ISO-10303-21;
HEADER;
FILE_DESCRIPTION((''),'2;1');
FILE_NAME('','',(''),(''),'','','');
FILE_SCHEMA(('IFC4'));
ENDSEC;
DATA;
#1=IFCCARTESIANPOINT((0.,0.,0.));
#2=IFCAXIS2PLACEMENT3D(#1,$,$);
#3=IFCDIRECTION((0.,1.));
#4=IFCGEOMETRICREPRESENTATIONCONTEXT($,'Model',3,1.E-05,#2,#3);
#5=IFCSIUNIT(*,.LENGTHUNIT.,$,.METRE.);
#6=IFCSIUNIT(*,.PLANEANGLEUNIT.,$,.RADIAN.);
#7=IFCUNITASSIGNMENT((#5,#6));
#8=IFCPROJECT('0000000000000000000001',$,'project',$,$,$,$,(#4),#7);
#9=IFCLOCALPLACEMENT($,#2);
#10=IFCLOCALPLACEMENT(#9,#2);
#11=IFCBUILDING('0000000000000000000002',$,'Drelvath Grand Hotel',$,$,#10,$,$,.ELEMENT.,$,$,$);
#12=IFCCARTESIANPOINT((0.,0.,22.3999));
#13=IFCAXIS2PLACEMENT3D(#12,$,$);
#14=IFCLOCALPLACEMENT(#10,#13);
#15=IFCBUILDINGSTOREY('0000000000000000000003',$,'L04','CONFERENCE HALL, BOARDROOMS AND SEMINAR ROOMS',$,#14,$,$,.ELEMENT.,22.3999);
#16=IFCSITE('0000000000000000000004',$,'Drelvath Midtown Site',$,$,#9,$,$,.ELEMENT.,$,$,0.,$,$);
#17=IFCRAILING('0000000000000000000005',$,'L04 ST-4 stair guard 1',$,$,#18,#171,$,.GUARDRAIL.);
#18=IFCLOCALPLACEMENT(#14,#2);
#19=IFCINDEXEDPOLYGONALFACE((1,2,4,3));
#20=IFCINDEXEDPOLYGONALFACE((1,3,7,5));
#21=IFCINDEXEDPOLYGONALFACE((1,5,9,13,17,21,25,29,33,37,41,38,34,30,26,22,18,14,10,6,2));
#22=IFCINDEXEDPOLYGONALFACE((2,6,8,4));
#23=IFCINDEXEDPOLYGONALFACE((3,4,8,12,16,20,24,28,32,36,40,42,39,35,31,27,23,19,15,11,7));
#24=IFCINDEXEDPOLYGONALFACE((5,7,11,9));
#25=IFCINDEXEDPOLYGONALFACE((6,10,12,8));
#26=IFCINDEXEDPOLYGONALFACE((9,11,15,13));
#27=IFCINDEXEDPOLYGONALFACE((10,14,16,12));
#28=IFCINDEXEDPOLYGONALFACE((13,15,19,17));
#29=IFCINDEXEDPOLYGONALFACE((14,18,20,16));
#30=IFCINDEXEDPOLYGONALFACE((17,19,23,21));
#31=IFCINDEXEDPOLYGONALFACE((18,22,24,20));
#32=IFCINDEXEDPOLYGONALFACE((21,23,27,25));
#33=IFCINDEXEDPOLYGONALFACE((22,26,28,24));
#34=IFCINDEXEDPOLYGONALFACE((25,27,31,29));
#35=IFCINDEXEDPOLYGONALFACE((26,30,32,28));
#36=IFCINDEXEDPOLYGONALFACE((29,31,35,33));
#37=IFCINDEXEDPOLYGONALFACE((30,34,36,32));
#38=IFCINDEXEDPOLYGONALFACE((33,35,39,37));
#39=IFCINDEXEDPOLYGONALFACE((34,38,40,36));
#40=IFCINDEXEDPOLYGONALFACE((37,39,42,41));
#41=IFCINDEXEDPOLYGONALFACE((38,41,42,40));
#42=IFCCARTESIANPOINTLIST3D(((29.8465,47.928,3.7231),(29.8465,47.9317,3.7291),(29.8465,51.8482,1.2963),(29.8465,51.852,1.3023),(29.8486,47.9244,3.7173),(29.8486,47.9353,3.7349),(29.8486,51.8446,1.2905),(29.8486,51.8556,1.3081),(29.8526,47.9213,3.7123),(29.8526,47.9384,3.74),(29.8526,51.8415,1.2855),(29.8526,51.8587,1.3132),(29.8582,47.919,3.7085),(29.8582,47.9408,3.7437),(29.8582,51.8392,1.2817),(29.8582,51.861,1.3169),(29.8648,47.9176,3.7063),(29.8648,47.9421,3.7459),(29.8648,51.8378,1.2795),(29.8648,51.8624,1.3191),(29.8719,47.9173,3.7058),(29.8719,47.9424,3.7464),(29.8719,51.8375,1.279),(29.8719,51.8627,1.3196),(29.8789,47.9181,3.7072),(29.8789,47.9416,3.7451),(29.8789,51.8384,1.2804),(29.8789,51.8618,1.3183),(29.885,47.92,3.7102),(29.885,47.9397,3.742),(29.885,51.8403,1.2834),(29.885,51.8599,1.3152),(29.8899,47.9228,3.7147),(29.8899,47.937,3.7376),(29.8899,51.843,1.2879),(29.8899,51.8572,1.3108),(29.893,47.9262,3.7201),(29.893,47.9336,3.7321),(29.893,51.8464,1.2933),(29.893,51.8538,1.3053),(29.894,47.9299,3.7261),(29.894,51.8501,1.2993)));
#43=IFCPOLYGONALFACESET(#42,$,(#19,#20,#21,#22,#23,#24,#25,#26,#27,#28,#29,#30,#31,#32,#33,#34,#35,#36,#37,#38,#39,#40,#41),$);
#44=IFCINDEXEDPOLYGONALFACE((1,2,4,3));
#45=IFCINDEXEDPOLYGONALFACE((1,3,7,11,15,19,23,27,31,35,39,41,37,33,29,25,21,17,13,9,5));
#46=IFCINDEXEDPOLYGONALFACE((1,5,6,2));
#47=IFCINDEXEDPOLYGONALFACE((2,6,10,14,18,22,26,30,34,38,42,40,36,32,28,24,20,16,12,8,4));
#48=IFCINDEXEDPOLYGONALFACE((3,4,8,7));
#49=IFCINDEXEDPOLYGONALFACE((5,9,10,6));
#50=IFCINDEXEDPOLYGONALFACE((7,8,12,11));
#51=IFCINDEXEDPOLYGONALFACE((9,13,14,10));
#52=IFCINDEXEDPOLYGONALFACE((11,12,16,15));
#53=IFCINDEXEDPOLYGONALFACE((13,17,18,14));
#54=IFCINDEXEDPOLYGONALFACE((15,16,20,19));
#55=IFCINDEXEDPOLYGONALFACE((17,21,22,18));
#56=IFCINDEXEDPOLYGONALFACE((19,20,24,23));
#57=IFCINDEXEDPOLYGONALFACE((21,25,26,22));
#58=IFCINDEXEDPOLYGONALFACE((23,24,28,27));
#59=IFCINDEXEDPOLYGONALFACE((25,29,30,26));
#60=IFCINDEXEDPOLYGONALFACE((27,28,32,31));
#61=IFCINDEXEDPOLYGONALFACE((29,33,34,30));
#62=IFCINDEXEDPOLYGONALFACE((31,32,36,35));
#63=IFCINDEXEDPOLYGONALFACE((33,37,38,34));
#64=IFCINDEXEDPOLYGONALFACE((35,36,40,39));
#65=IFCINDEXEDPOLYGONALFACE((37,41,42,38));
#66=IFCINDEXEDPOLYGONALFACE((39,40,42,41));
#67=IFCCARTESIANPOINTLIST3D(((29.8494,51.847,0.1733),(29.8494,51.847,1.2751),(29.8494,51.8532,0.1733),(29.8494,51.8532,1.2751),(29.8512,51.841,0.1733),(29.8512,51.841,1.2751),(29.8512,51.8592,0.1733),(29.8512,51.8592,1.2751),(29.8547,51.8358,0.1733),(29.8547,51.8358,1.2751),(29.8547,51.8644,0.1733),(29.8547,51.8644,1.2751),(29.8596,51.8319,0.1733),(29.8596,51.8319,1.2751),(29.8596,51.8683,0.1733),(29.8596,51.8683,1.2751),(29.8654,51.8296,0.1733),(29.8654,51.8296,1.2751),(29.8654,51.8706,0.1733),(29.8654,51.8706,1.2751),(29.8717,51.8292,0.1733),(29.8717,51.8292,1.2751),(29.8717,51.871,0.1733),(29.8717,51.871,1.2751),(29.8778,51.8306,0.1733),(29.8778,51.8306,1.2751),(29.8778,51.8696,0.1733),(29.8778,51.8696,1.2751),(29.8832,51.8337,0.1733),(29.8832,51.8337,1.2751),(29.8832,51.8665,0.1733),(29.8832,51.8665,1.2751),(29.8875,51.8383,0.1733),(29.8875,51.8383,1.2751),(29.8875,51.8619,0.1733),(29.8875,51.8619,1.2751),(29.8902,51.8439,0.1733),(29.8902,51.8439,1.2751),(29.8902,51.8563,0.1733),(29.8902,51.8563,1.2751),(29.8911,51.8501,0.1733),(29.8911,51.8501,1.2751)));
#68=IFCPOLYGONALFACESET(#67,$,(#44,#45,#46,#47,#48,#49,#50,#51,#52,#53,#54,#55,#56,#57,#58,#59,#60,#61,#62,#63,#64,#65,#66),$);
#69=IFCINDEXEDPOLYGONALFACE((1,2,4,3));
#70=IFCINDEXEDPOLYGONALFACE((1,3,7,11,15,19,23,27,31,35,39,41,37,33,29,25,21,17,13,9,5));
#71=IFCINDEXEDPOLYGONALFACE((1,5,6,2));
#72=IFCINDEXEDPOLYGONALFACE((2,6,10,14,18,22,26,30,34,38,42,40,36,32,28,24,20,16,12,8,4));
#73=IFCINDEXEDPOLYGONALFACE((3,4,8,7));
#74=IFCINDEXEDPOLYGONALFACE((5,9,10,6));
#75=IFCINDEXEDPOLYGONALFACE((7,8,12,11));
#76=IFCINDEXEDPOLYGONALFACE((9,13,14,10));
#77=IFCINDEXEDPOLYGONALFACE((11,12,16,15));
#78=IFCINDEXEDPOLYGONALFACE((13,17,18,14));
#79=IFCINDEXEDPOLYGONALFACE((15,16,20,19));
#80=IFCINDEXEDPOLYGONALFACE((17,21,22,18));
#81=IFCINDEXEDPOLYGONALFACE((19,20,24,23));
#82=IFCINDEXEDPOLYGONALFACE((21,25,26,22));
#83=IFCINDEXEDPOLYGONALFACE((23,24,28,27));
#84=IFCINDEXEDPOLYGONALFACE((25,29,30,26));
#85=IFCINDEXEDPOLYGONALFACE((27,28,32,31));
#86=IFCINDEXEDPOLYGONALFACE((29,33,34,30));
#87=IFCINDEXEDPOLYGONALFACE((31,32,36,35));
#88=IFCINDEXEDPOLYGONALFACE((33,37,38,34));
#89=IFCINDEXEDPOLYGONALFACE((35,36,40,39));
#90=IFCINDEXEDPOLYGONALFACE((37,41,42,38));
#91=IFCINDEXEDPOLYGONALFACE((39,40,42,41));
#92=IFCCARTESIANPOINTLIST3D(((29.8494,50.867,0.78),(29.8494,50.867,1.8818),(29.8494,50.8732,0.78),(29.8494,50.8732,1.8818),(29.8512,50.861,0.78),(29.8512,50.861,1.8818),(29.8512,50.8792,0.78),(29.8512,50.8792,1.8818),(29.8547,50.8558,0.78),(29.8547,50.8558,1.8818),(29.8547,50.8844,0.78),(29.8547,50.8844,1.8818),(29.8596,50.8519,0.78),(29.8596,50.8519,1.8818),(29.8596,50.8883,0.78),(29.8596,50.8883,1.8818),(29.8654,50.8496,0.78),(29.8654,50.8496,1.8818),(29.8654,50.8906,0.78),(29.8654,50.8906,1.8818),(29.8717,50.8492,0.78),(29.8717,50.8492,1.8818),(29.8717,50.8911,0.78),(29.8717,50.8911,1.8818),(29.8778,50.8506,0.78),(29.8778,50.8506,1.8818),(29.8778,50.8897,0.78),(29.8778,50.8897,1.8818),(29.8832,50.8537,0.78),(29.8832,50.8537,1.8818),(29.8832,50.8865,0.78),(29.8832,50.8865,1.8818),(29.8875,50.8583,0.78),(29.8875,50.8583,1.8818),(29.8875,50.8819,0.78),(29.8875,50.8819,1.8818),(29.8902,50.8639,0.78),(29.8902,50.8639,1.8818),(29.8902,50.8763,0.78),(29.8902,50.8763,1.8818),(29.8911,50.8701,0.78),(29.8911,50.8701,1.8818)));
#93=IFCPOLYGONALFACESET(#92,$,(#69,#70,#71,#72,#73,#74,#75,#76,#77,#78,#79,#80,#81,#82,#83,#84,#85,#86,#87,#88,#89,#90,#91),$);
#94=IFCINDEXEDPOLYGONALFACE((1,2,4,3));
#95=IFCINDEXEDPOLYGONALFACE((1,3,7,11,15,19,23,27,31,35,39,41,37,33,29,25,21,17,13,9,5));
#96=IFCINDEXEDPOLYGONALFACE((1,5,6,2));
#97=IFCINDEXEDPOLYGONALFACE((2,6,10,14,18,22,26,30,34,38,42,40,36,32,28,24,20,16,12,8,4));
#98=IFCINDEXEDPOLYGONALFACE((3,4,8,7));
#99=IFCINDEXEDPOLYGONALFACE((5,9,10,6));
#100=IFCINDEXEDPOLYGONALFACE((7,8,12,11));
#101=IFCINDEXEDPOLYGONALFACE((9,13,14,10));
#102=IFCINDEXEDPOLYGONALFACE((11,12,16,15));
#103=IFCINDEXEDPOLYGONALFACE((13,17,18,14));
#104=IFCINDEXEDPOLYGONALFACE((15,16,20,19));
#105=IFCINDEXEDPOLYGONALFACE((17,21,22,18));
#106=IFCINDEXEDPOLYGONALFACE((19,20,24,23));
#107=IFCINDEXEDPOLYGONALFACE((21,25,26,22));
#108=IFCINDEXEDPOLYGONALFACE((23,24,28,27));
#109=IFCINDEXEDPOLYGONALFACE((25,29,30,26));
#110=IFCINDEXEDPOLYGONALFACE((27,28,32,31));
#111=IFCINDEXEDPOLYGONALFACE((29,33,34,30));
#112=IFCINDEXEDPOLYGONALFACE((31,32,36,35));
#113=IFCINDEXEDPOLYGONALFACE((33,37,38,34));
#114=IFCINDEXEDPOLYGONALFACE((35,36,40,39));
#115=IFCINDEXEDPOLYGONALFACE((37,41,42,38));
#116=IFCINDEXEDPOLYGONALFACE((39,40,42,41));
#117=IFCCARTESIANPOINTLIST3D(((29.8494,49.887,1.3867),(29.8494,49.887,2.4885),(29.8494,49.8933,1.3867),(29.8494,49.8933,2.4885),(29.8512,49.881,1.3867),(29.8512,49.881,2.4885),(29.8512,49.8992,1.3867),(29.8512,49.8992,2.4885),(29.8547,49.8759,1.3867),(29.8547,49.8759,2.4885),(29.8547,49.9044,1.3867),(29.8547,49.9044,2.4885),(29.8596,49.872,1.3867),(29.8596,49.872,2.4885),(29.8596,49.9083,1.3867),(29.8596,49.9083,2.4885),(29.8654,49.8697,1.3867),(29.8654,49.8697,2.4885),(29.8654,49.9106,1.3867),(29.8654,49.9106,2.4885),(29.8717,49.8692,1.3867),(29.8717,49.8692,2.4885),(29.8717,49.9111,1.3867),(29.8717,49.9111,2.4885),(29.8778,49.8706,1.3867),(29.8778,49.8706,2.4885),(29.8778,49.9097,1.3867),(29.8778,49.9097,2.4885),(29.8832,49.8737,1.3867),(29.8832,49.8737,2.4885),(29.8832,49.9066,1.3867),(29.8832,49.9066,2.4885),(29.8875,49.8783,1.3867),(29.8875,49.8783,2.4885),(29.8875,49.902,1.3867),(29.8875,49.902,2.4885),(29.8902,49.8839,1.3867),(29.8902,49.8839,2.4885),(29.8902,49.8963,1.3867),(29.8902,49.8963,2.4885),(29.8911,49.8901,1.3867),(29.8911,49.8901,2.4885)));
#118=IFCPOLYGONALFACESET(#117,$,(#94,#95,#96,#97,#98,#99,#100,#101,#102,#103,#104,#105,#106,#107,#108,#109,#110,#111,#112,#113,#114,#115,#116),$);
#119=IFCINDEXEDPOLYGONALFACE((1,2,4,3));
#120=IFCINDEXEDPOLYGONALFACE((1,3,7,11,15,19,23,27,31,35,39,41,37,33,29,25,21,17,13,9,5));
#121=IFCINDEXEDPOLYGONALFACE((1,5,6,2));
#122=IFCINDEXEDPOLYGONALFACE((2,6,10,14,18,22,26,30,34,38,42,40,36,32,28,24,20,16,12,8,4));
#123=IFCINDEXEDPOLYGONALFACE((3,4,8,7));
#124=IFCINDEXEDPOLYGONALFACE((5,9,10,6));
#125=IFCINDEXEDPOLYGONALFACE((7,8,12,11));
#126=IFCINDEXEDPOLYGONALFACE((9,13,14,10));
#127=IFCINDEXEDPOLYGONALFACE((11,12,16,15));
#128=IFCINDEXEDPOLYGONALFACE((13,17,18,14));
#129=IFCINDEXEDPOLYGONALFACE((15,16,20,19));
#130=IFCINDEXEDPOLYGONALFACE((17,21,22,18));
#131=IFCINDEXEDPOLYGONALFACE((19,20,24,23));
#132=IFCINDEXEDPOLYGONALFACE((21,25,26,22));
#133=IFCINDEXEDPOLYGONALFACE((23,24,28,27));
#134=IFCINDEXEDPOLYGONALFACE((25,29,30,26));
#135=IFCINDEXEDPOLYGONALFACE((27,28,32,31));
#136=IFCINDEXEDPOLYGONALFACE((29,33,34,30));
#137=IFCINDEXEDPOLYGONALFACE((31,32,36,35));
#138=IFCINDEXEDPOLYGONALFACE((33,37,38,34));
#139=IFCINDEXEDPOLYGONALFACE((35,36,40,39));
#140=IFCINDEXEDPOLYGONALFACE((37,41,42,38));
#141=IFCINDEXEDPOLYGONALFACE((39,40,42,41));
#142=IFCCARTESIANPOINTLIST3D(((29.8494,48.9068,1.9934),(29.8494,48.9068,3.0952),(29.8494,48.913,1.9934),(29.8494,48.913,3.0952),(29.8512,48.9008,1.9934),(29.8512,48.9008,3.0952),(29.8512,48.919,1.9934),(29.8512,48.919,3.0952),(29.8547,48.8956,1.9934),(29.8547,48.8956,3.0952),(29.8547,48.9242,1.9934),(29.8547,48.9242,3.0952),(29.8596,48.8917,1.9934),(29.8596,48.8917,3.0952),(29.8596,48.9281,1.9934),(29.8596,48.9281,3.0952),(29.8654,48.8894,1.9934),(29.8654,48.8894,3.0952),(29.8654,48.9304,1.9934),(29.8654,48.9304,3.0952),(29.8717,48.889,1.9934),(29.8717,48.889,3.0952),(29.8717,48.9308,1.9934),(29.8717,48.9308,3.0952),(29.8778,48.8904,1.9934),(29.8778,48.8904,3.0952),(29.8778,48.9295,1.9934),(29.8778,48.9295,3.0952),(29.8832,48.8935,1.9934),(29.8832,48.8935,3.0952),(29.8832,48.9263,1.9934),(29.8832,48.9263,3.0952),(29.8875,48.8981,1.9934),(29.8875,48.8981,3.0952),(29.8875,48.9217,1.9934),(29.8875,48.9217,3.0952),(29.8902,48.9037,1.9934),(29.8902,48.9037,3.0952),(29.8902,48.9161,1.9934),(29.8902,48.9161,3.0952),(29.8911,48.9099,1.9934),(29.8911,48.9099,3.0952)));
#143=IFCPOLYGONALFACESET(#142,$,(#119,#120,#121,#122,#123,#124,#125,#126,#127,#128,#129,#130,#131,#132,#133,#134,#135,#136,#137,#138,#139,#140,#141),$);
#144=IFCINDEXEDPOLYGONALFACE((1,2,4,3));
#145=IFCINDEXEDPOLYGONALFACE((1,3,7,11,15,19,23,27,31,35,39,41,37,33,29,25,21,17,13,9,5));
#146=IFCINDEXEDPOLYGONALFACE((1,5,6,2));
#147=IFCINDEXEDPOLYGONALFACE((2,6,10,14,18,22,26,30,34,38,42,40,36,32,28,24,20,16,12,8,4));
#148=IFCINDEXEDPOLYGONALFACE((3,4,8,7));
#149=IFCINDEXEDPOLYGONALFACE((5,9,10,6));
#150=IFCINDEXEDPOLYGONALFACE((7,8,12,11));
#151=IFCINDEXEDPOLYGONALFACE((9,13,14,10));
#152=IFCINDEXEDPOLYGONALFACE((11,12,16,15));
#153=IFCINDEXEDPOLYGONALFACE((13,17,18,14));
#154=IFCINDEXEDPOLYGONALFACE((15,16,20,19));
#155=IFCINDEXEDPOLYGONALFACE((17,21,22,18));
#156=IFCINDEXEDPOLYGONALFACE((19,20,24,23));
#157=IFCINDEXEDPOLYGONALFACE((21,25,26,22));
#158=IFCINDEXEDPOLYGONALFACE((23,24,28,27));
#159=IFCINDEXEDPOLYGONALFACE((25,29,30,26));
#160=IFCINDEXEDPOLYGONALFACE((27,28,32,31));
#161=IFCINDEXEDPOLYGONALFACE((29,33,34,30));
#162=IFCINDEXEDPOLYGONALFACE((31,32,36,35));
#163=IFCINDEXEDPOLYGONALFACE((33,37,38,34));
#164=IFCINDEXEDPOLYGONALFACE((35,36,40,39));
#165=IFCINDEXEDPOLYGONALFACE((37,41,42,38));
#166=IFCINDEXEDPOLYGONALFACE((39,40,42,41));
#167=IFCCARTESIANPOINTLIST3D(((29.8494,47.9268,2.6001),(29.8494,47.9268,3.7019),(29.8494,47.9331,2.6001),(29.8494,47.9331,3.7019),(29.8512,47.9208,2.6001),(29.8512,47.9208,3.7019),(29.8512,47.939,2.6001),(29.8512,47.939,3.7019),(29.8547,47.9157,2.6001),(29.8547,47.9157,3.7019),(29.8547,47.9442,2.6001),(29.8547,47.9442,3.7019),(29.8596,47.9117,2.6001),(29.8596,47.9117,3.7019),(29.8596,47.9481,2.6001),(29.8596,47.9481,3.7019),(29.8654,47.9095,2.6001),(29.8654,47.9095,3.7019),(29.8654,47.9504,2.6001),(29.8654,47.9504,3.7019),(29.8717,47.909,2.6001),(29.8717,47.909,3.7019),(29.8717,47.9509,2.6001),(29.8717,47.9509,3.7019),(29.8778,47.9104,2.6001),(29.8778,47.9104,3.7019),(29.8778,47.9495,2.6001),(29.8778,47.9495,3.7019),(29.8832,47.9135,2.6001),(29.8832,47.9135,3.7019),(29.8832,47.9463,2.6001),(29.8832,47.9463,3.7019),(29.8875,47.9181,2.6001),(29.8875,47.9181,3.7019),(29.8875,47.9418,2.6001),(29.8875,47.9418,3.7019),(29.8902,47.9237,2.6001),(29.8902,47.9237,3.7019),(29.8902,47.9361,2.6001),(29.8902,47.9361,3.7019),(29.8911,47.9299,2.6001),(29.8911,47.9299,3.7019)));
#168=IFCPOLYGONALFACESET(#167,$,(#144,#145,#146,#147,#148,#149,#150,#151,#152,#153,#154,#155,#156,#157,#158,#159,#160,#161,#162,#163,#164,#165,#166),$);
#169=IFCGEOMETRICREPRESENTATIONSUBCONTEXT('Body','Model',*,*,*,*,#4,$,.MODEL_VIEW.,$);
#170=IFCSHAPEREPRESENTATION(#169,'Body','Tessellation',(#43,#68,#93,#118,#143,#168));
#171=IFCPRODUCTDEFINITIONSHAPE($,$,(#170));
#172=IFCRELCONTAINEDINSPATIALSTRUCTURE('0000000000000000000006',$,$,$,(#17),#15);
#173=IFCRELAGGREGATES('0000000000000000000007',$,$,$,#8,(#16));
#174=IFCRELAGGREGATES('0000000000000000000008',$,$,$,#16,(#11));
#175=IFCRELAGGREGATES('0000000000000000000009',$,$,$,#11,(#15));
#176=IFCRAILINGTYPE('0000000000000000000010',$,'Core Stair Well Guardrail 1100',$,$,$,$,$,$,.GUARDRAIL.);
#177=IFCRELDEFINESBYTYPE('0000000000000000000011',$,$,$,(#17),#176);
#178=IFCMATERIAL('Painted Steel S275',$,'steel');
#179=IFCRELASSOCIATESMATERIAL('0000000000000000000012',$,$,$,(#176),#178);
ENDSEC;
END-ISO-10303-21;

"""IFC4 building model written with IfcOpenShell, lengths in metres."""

from ifc_helpers import new_model, si_unit, direction, frame, origin, origin_2d, place, context, subcontext, project, spatial, circle, extrude, material, type_object, element, save


model = new_model("IFC4")

# Units and contexts
model_context = context("Model", 3, precision=1e-05, world=origin(), true_north=direction((0.0, 1.0)))
body_context = subcontext(model_context, "Body", "Model", "MODEL_VIEW")
ifc_project = project(units=[si_unit("LENGTHUNIT", "METRE"), si_unit("PLANEANGLEUNIT", "RADIAN")], contexts=[model_context])

# Site, building, storey
site_placement = place(None, origin())
site = spatial("IfcSite", under=ifc_project, at=site_placement, Name="Drelvath Midtown Site", CompositionType="ELEMENT", RefElevation=0.0)
building_placement = place(site_placement, origin())
building = spatial("IfcBuilding", under=site, at=building_placement, Name="Drelvath Grand Hotel", CompositionType="ELEMENT")
storey_placement = place(building_placement, frame((0.0, 0.0, 22.3999)))
storey = spatial("IfcBuildingStorey", under=building, at=storey_placement, Name="L04", Description="CONFERENCE HALL, BOARDROOMS AND SEMINAR ROOMS", CompositionType="ELEMENT", Elevation=22.3999)

# Railing
ifc_material_1 = material(Name="Painted Steel S275", Category="steel")
railing_type_1 = type_object("IfcRailingType", Name="Core Stair Well Guardrail 1100", PredefinedType="GUARDRAIL", material=ifc_material_1)
railing_1_placement = place(storey_placement, frame((29.8701, 51.8501, 0.1733)))
element("IfcRailing", 1, at=railing_1_placement, inside=storey, type_object=railing_type_1, Name="L04 ST-4 stair guard 1", PredefinedType="GUARDRAIL", context=body_context, shape_type="SweptSolid", body=[
    extrude(circle(Radius=0.0239, at=origin_2d()), frame((0.0, 0.0, 1.126), z_axis=(0.0, -0.850266, 0.526353), x_axis=(1.0, 0.0, 0.0)), (0.0, 0.0, 1.0), 4.6106),
    extrude(circle(Radius=0.021, at=origin_2d()), origin(), (0.0, 0.0, 1.0), 1.1018),
    extrude(circle(Radius=0.021, at=origin_2d()), frame((0.0, -0.98, 0.6067)), (0.0, 0.0, 1.0), 1.1018),
    extrude(circle(Radius=0.021, at=origin_2d()), frame((0.0, -1.96, 1.2134)), (0.0, 0.0, 1.0), 1.1018),
    extrude(circle(Radius=0.021, at=origin_2d()), frame((0.0, -2.9402, 1.8201)), (0.0, 0.0, 1.0), 1.1018),
    extrude(circle(Radius=0.021, at=origin_2d()), frame((0.0, -3.9202, 2.4268)), (0.0, 0.0, 1.0), 1.1018),
])

save(model, "model.ifc")
